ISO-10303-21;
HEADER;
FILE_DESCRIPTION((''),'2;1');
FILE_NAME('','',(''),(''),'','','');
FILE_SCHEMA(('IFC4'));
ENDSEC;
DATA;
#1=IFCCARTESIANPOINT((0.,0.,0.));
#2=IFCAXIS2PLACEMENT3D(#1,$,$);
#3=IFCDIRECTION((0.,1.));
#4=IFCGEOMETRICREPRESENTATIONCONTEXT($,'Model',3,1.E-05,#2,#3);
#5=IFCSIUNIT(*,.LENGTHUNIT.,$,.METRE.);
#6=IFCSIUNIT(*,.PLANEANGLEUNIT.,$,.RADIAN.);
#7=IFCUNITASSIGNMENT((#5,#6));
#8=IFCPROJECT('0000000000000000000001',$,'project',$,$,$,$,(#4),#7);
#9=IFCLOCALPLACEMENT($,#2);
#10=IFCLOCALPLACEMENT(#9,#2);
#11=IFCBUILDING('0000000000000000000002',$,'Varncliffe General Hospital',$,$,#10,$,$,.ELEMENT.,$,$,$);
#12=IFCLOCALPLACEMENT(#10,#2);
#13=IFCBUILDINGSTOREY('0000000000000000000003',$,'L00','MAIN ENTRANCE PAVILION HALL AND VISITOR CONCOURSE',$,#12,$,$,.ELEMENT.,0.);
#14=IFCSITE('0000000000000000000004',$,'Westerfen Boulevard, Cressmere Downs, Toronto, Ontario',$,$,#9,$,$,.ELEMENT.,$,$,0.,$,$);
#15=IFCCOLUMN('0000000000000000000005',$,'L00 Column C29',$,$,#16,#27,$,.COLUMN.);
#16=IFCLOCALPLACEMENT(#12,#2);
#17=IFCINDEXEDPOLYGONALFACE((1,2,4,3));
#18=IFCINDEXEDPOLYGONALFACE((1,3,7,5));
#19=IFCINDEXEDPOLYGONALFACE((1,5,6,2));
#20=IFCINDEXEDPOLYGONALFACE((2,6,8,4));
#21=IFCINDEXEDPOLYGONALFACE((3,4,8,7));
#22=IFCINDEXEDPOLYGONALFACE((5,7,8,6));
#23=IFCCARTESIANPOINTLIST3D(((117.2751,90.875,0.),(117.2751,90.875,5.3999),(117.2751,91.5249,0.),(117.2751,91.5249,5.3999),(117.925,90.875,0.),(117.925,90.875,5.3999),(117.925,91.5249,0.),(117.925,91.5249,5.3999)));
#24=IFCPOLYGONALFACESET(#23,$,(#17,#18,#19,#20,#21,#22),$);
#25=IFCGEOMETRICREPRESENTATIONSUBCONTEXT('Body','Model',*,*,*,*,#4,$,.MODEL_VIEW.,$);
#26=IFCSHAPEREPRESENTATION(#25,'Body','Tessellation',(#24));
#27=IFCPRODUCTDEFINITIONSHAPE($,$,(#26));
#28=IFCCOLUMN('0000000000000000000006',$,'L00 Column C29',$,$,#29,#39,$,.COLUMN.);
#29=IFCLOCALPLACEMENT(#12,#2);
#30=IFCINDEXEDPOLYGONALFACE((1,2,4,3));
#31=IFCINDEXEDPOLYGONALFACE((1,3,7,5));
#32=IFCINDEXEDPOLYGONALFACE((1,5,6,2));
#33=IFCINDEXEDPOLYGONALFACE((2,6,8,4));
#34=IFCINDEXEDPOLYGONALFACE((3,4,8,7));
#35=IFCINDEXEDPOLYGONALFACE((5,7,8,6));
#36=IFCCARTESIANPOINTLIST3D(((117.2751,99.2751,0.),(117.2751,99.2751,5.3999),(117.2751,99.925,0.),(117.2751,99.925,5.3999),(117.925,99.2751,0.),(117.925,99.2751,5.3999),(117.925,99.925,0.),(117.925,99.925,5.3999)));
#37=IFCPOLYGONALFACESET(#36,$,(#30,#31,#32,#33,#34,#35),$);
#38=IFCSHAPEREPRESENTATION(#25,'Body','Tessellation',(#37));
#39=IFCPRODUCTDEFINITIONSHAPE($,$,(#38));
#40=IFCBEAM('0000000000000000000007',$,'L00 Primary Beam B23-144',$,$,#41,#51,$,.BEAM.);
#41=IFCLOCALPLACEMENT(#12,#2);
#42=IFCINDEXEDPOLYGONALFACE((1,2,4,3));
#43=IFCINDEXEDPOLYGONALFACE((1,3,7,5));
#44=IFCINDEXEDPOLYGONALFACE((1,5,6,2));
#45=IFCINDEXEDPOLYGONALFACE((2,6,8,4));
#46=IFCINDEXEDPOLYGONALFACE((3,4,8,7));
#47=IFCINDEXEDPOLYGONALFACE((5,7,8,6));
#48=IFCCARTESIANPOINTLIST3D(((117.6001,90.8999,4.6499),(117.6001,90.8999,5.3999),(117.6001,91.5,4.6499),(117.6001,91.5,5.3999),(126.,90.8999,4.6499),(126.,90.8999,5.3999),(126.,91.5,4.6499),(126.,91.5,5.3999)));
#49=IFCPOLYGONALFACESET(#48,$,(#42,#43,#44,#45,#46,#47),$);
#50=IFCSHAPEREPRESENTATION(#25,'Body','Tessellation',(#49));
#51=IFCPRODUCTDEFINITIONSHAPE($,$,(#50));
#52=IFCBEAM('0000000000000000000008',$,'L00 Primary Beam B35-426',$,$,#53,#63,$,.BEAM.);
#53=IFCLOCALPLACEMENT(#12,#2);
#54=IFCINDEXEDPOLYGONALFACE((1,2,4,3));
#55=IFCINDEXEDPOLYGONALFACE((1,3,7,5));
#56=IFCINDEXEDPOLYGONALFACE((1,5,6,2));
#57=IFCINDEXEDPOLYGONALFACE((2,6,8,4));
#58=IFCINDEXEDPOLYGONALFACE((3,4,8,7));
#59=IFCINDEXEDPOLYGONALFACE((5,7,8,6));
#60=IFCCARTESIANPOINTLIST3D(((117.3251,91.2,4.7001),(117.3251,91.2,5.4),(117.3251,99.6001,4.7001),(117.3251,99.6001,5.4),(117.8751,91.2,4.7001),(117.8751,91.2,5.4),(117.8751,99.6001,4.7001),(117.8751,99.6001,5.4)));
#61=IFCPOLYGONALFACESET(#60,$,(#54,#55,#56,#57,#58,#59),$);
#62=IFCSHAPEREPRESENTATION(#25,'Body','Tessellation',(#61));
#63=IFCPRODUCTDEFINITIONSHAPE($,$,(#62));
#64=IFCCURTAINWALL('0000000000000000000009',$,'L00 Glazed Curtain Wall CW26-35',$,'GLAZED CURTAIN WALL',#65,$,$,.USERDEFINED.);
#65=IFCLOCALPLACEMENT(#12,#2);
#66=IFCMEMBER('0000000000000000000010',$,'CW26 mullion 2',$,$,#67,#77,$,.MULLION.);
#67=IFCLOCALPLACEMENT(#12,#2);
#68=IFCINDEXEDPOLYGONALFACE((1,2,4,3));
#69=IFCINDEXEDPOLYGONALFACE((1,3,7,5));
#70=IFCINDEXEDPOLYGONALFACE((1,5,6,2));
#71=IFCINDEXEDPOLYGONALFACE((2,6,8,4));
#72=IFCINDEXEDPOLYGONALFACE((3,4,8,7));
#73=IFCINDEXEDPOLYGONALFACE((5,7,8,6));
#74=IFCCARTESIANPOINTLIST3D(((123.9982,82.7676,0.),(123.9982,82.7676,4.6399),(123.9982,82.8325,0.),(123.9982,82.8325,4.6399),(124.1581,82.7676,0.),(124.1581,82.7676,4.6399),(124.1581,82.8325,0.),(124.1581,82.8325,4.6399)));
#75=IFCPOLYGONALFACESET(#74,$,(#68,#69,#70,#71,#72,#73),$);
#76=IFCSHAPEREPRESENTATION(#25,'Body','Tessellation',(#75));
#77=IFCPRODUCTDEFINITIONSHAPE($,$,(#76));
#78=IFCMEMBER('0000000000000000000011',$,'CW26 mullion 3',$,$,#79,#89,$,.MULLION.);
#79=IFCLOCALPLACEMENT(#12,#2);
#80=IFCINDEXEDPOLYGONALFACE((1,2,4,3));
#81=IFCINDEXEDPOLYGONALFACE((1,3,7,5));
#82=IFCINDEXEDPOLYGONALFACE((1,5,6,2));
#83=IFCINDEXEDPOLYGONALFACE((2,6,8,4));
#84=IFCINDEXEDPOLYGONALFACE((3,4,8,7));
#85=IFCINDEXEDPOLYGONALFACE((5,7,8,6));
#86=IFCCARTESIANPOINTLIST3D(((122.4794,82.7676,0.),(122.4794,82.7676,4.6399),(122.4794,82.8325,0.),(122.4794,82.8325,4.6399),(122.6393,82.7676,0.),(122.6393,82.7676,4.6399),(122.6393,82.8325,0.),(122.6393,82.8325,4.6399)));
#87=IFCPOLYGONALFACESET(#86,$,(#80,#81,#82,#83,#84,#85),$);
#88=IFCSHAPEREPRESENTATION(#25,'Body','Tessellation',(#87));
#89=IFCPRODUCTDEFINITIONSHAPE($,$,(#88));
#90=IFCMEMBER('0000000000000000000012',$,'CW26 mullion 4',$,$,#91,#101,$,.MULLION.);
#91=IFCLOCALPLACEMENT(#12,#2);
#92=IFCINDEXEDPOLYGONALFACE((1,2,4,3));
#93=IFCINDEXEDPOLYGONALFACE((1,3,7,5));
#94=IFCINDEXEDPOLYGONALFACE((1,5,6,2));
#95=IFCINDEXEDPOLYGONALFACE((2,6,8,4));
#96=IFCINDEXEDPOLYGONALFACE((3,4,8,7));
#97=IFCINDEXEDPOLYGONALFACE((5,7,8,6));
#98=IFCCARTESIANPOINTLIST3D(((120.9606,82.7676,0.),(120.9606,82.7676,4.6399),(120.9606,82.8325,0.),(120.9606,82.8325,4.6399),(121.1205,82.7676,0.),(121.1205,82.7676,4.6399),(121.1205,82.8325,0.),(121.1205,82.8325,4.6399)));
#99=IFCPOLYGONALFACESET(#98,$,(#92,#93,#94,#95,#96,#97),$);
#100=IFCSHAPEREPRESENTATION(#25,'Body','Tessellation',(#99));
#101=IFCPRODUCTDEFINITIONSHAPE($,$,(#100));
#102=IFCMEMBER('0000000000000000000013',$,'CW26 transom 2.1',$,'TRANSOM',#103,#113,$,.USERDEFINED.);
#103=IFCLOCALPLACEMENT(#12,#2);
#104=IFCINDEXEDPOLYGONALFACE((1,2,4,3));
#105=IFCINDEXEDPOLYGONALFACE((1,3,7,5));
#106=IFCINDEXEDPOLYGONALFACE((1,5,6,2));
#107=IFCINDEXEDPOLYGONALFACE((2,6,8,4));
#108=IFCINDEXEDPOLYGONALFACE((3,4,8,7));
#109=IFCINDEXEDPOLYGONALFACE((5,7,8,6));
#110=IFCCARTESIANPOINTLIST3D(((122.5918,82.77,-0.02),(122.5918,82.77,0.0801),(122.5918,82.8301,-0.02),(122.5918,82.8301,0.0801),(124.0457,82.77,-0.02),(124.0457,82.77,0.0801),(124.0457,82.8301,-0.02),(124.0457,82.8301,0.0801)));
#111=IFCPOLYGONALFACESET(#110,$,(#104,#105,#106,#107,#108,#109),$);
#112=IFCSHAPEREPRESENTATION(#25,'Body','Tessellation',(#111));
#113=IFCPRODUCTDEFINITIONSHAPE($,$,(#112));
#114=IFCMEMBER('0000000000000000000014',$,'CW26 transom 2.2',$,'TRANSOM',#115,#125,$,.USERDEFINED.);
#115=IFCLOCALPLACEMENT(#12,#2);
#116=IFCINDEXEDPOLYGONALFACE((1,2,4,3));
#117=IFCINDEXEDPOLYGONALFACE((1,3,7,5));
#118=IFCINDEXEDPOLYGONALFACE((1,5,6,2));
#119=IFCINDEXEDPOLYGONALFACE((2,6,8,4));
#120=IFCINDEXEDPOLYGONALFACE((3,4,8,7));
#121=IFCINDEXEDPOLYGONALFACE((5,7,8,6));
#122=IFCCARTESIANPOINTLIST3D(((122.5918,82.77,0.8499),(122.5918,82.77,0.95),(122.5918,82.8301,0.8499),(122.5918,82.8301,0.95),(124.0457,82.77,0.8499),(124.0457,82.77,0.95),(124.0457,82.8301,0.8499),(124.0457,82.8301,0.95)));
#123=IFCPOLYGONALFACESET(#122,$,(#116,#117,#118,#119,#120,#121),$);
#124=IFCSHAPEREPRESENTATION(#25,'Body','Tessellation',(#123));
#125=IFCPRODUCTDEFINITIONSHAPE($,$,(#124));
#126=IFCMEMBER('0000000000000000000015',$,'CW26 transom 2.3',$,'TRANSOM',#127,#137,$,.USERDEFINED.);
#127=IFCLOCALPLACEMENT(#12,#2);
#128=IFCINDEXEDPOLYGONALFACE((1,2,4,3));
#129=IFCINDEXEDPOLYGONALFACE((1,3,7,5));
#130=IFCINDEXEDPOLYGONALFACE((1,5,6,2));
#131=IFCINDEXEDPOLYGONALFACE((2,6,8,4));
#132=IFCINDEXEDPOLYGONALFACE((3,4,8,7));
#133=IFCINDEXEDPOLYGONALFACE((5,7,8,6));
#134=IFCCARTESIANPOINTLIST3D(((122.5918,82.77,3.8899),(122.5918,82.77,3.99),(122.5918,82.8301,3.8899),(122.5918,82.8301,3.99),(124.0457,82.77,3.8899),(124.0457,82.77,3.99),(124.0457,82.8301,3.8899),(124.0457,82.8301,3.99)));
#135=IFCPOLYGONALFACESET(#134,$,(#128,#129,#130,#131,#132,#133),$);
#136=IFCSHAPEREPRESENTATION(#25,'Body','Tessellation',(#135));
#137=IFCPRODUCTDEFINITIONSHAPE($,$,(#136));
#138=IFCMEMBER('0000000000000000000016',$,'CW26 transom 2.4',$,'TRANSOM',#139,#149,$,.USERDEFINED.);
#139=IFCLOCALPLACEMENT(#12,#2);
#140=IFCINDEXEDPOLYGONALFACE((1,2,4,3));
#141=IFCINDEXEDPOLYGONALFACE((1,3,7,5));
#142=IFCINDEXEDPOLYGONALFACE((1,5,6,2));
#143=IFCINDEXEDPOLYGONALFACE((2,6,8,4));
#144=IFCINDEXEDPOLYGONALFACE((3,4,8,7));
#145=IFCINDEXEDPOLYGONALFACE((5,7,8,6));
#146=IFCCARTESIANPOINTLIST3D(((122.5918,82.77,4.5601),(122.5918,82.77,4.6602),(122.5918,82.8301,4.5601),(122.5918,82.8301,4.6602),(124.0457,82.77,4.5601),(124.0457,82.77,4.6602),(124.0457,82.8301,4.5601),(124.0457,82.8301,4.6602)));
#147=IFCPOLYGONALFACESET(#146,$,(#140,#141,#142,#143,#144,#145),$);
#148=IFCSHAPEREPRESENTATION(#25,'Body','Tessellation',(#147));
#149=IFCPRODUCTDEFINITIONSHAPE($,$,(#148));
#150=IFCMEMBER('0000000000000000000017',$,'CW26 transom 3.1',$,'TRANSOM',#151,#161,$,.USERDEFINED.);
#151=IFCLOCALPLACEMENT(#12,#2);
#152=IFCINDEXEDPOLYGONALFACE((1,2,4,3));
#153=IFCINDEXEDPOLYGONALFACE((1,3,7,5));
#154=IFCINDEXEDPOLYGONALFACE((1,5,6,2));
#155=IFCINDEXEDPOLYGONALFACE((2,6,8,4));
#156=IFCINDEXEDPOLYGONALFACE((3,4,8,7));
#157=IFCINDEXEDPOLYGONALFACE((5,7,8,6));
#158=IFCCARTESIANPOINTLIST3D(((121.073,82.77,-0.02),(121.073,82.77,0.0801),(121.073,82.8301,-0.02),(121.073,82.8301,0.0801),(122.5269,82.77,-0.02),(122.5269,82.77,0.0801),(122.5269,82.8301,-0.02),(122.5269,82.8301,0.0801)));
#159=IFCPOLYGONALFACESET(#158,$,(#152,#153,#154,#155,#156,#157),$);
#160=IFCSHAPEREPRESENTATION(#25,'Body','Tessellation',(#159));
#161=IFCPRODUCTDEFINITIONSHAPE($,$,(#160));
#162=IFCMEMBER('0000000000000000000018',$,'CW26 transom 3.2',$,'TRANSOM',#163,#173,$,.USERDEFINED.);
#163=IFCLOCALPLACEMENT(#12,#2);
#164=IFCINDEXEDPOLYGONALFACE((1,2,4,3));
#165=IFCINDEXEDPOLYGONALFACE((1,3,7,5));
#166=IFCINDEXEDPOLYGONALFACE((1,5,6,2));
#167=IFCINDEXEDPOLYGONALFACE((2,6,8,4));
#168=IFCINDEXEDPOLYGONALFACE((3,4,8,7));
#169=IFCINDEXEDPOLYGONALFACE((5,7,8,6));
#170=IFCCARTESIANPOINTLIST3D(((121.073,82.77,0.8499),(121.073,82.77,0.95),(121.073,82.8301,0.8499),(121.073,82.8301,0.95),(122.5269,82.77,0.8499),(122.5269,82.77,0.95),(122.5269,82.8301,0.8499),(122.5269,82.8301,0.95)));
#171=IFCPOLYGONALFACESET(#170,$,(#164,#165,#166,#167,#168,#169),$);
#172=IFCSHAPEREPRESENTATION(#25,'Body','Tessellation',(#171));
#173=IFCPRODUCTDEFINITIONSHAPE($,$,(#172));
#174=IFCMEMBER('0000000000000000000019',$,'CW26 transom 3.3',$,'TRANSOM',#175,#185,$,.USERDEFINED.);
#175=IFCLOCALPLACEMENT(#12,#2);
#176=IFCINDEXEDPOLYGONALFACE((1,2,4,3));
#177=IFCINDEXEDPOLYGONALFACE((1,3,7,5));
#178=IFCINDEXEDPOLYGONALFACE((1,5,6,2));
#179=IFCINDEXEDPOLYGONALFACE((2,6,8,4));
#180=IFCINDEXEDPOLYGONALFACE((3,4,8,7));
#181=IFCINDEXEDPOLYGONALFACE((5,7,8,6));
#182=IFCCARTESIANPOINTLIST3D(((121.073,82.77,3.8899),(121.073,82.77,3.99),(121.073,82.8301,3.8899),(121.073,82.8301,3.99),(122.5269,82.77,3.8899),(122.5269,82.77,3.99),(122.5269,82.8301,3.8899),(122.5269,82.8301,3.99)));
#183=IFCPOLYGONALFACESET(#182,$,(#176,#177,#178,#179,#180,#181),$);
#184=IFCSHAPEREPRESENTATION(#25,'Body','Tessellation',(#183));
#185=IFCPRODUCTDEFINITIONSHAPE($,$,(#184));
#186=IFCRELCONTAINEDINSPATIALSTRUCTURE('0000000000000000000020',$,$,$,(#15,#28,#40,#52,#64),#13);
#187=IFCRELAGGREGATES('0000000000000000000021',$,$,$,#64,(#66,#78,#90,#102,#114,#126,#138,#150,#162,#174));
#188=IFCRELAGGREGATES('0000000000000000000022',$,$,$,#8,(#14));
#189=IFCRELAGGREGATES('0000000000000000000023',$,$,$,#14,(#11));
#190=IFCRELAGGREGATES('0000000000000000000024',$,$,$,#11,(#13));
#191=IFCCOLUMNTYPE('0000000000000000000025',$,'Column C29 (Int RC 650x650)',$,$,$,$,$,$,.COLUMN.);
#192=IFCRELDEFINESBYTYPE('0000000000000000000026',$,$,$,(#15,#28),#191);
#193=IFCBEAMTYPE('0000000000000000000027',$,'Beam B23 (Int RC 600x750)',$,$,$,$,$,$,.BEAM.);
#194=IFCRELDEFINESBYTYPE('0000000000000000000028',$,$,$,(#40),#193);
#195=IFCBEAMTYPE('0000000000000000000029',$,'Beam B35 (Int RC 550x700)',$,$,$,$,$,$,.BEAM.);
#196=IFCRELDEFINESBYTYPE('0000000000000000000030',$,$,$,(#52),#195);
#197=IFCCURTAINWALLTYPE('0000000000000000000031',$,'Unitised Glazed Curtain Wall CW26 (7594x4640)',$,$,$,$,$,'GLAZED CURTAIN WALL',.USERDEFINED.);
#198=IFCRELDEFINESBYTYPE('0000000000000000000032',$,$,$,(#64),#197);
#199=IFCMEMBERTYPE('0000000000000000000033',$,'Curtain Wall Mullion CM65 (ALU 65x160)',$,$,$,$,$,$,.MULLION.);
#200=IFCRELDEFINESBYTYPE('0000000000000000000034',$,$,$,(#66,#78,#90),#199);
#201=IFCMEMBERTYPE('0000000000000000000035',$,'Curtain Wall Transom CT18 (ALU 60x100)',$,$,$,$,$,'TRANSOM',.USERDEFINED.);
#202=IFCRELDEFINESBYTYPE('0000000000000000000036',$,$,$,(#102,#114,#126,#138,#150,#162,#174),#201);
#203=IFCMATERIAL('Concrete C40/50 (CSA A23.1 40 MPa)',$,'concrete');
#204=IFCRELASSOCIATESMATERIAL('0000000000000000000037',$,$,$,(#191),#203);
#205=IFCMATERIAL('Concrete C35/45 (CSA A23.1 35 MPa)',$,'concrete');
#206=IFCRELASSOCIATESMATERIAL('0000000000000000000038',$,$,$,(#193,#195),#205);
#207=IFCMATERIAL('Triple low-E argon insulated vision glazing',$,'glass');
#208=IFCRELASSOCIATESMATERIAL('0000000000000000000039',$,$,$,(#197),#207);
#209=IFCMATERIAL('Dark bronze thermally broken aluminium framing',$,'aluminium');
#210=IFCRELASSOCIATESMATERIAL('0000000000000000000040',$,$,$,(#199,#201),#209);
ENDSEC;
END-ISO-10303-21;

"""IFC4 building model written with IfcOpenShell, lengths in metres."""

from ifc_helpers import new_model, si_unit, direction, frame, origin, origin_2d, place, context, subcontext, project, spatial, rectangle, extrude, material, material_profile, profile_set, type_object, element, aggregate, save


model = new_model("IFC4")

# Units and contexts
model_context = context("Model", 3, precision=1e-05, world=origin(), true_north=direction((0.0, 1.0)))
body_context = subcontext(model_context, "Body", "Model", "MODEL_VIEW")
ifc_project = project(units=[si_unit("LENGTHUNIT", "METRE"), si_unit("PLANEANGLEUNIT", "RADIAN")], contexts=[model_context])

# Site, building, storey
site_placement = place(None, origin())
site = spatial("IfcSite", under=ifc_project, at=site_placement, Name="Westerfen Boulevard, Cressmere Downs, Toronto, Ontario", CompositionType="ELEMENT", RefElevation=0.0)
building_placement = place(site_placement, origin())
building = spatial("IfcBuilding", under=site, at=building_placement, Name="Varncliffe General Hospital", CompositionType="ELEMENT")
storey_placement = place(building_placement, origin())
storey = spatial("IfcBuildingStorey", under=building, at=storey_placement, Name="L00", Description="MAIN ENTRANCE PAVILION HALL AND VISITOR CONCOURSE", CompositionType="ELEMENT", Elevation=0.0)

# Columns
ifc_material_1 = material(Name="Concrete C40/50 (CSA A23.1 40 MPa)", Category="concrete")
ifc_material_profile_1 = material_profile(ifc_material_1, rectangle(XDim=0.6499, YDim=0.6499, at=origin_2d()), Name="RC 650x650")
ifc_profile_set_1 = profile_set([ifc_material_profile_1], Name="Concrete C40/50 (CSA A23.1 40 MPa)")
column_type = type_object("IfcColumnType", Name="Column C29 (Int RC 650x650)", PredefinedType="COLUMN", material=ifc_profile_set_1)
for number, where, z_axis, x_axis, name in (
    (1, (117.6001, 91.2, 0.0), (0.0, 0.0, 1.0), (1.0, 0.0, 0.0), "L00 Column C29"),
    (2, (117.6001, 99.6001, 0.0), (0.0, 0.0, 1.0), (1.0, 0.0, 0.0), "L00 Column C29"),
):
    element("IfcColumn", number, at=place(storey_placement, frame(where, z_axis=z_axis, x_axis=x_axis)), inside=storey, type_object=column_type, Name=name, PredefinedType="COLUMN", context=body_context, shape_type="SweptSolid", body=[
        extrude(rectangle(XDim=0.6499, YDim=0.6499, at=origin_2d()), origin(), (0.0, 0.0, 1.0), 5.3999),
    ])

# Beams
ifc_material_2 = material(Name="Concrete C35/45 (CSA A23.1 35 MPa)", Category="concrete")
ifc_material_profile_2 = material_profile(ifc_material_2, rectangle(XDim=0.6001, YDim=0.75, at=origin_2d()), Name="RC 600x750")
ifc_profile_set_2 = profile_set([ifc_material_profile_2], Name="Concrete C35/45 (CSA A23.1 35 MPa)")
beam_type_1 = type_object("IfcBeamType", Name="Beam B23 (Int RC 600x750)", PredefinedType="BEAM", material=ifc_profile_set_2)
beam_1_placement = place(storey_placement, frame((117.6001, 91.2, 5.0249), z_axis=(1.0, 0.0, 0.0), x_axis=(0.0, 1.0, 0.0)))
element("IfcBeam", 3, at=beam_1_placement, inside=storey, type_object=beam_type_1, Name="L00 Primary Beam B23-144", PredefinedType="BEAM", context=body_context, shape_type="SweptSolid", body=[
    extrude(rectangle(XDim=0.6001, YDim=0.75, at=origin_2d()), origin(), (0.0, 0.0, 1.0), 8.3999),
])
ifc_material_profile_3 = material_profile(ifc_material_2, rectangle(XDim=0.55, YDim=0.7, at=origin_2d()), Name="RC 550x700")
ifc_profile_set_3 = profile_set([ifc_material_profile_3], Name="Concrete C35/45 (CSA A23.1 35 MPa)")
beam_type_2 = type_object("IfcBeamType", Name="Beam B35 (Int RC 550x700)", PredefinedType="BEAM", material=ifc_profile_set_3)
beam_2_placement = place(storey_placement, frame((117.6001, 91.2, 5.05), z_axis=(0.0, 1.0, 0.0), x_axis=(-1.0, 0.0, 0.0)))
element("IfcBeam", 4, at=beam_2_placement, inside=storey, type_object=beam_type_2, Name="L00 Primary Beam B35-426", PredefinedType="BEAM", context=body_context, shape_type="SweptSolid", body=[
    extrude(rectangle(XDim=0.55, YDim=0.7, at=origin_2d()), origin(), (0.0, 0.0, 1.0), 8.4001),
])

# Curtain wall, members
ifc_material_3 = material(Name="Triple low-E argon insulated vision glazing", Category="glass")
curtain_wall_type = type_object("IfcCurtainWallType", Name="Unitised Glazed Curtain Wall CW26 (7594x4640)", ElementType="GLAZED CURTAIN WALL", PredefinedType="USERDEFINED", material=ifc_material_3)
curtain_wall_placement = place(storey_placement, origin())
curtain_wall = element("IfcCurtainWall", 5, at=curtain_wall_placement, inside=storey, type_object=curtain_wall_type, Name="L00 Glazed Curtain Wall CW26-35", ObjectType="GLAZED CURTAIN WALL", PredefinedType="USERDEFINED")
ifc_material_4 = material(Name="Dark bronze thermally broken aluminium framing", Category="aluminium")
ifc_material_profile_4 = material_profile(ifc_material_4, rectangle(XDim=0.0649, YDim=0.1599, at=origin_2d()), Name="ALU 65x160")
ifc_profile_set_4 = profile_set([ifc_material_profile_4], Name="Dark bronze thermally broken aluminium framing")
member_type_1 = type_object("IfcMemberType", Name="Curtain Wall Mullion CM65 (ALU 65x160)", PredefinedType="MULLION", material=ifc_profile_set_4)
member_1_placement = place(storey_placement, frame((124.0781, 82.8, 0.0), z_axis=(0.0, 0.0, 1.0), x_axis=(0.0, -1.0, 0.0)))
member_1 = element("IfcMember", 6, at=member_1_placement, type_object=member_type_1, Name="CW26 mullion 2", PredefinedType="MULLION", context=body_context, shape_type="SweptSolid", body=[
    extrude(rectangle(XDim=0.0649, YDim=0.1599, at=origin_2d()), origin(), (0.0, 0.0, 1.0), 4.6399),
])
member_2_placement = place(storey_placement, frame((122.5593, 82.8, 0.0), z_axis=(0.0, 0.0, 1.0), x_axis=(0.0, -1.0, 0.0)))
member_2 = element("IfcMember", 7, at=member_2_placement, type_object=member_type_1, Name="CW26 mullion 3", PredefinedType="MULLION", context=body_context, shape_type="SweptSolid", body=[
    extrude(rectangle(XDim=0.0649, YDim=0.1599, at=origin_2d()), origin(), (0.0, 0.0, 1.0), 4.6399),
])
member_3_placement = place(storey_placement, frame((121.0405, 82.8, 0.0), z_axis=(0.0, 0.0, 1.0), x_axis=(0.0, -1.0, 0.0)))
member_3 = element("IfcMember", 8, at=member_3_placement, type_object=member_type_1, Name="CW26 mullion 4", PredefinedType="MULLION", context=body_context, shape_type="SweptSolid", body=[
    extrude(rectangle(XDim=0.0649, YDim=0.1599, at=origin_2d()), origin(), (0.0, 0.0, 1.0), 4.6399),
])
ifc_material_profile_5 = material_profile(ifc_material_4, rectangle(XDim=0.0601, YDim=0.1001, at=origin_2d()), Name="ALU 60x100")
ifc_profile_set_5 = profile_set([ifc_material_profile_5], Name="Dark bronze thermally broken aluminium framing")
member_type_2 = type_object("IfcMemberType", Name="Curtain Wall Transom CT18 (ALU 60x100)", ElementType="TRANSOM", PredefinedType="USERDEFINED", material=ifc_profile_set_5)
member_4_placement = place(storey_placement, frame((124.0457, 82.8, 0.03), z_axis=(-1.0, 0.0, 0.0), x_axis=(0.0, -1.0, 0.0)))
member_4 = element("IfcMember", 9, at=member_4_placement, type_object=member_type_2, Name="CW26 transom 2.1", ObjectType="TRANSOM", PredefinedType="USERDEFINED", context=body_context, shape_type="SweptSolid", body=[
    extrude(rectangle(XDim=0.0601, YDim=0.1001, at=origin_2d()), origin(), (0.0, 0.0, 1.0), 1.4539),
])
member_5_placement = place(storey_placement, frame((124.0457, 82.8, 0.8999), z_axis=(-1.0, 0.0, 0.0), x_axis=(0.0, -1.0, 0.0)))
member_5 = element("IfcMember", 10, at=member_5_placement, type_object=member_type_2, Name="CW26 transom 2.2", ObjectType="TRANSOM", PredefinedType="USERDEFINED", context=body_context, shape_type="SweptSolid", body=[
    extrude(rectangle(XDim=0.0601, YDim=0.1001, at=origin_2d()), origin(), (0.0, 0.0, 1.0), 1.4539),
])
member_6_placement = place(storey_placement, frame((124.0457, 82.8, 3.9399), z_axis=(-1.0, 0.0, 0.0), x_axis=(0.0, -1.0, 0.0)))
member_6 = element("IfcMember", 11, at=member_6_placement, type_object=member_type_2, Name="CW26 transom 2.3", ObjectType="TRANSOM", PredefinedType="USERDEFINED", context=body_context, shape_type="SweptSolid", body=[
    extrude(rectangle(XDim=0.0601, YDim=0.1001, at=origin_2d()), origin(), (0.0, 0.0, 1.0), 1.4539),
])
member_7_placement = place(storey_placement, frame((124.0457, 82.8, 4.6101), z_axis=(-1.0, 0.0, 0.0), x_axis=(0.0, -1.0, 0.0)))
member_7 = element("IfcMember", 12, at=member_7_placement, type_object=member_type_2, Name="CW26 transom 2.4", ObjectType="TRANSOM", PredefinedType="USERDEFINED", context=body_context, shape_type="SweptSolid", body=[
    extrude(rectangle(XDim=0.0601, YDim=0.1001, at=origin_2d()), origin(), (0.0, 0.0, 1.0), 1.4539),
])
member_8_placement = place(storey_placement, frame((122.5269, 82.8, 0.03), z_axis=(-1.0, 0.0, 0.0), x_axis=(0.0, -1.0, 0.0)))
member_8 = element("IfcMember", 13, at=member_8_placement, type_object=member_type_2, Name="CW26 transom 3.1", ObjectType="TRANSOM", PredefinedType="USERDEFINED", context=body_context, shape_type="SweptSolid", body=[
    extrude(rectangle(XDim=0.0601, YDim=0.1001, at=origin_2d()), origin(), (0.0, 0.0, 1.0), 1.4539),
])
member_9_placement = place(storey_placement, frame((122.5269, 82.8, 0.8999), z_axis=(-1.0, 0.0, 0.0), x_axis=(0.0, -1.0, 0.0)))
member_9 = element("IfcMember", 14, at=member_9_placement, type_object=member_type_2, Name="CW26 transom 3.2", ObjectType="TRANSOM", PredefinedType="USERDEFINED", context=body_context, shape_type="SweptSolid", body=[
    extrude(rectangle(XDim=0.0601, YDim=0.1001, at=origin_2d()), origin(), (0.0, 0.0, 1.0), 1.4539),
])
member_10_placement = place(storey_placement, frame((122.5269, 82.8, 3.9399), z_axis=(-1.0, 0.0, 0.0), x_axis=(0.0, -1.0, 0.0)))
member_10 = element("IfcMember", 15, at=member_10_placement, type_object=member_type_2, Name="CW26 transom 3.3", ObjectType="TRANSOM", PredefinedType="USERDEFINED", context=body_context, shape_type="SweptSolid", body=[
    extrude(rectangle(XDim=0.0601, YDim=0.1001, at=origin_2d()), origin(), (0.0, 0.0, 1.0), 1.4539),
])

aggregate(curtain_wall, [member_1, member_2, member_3, member_4, member_5, member_6, member_7, member_8, member_9, member_10])

save(model, "model.ifc")
